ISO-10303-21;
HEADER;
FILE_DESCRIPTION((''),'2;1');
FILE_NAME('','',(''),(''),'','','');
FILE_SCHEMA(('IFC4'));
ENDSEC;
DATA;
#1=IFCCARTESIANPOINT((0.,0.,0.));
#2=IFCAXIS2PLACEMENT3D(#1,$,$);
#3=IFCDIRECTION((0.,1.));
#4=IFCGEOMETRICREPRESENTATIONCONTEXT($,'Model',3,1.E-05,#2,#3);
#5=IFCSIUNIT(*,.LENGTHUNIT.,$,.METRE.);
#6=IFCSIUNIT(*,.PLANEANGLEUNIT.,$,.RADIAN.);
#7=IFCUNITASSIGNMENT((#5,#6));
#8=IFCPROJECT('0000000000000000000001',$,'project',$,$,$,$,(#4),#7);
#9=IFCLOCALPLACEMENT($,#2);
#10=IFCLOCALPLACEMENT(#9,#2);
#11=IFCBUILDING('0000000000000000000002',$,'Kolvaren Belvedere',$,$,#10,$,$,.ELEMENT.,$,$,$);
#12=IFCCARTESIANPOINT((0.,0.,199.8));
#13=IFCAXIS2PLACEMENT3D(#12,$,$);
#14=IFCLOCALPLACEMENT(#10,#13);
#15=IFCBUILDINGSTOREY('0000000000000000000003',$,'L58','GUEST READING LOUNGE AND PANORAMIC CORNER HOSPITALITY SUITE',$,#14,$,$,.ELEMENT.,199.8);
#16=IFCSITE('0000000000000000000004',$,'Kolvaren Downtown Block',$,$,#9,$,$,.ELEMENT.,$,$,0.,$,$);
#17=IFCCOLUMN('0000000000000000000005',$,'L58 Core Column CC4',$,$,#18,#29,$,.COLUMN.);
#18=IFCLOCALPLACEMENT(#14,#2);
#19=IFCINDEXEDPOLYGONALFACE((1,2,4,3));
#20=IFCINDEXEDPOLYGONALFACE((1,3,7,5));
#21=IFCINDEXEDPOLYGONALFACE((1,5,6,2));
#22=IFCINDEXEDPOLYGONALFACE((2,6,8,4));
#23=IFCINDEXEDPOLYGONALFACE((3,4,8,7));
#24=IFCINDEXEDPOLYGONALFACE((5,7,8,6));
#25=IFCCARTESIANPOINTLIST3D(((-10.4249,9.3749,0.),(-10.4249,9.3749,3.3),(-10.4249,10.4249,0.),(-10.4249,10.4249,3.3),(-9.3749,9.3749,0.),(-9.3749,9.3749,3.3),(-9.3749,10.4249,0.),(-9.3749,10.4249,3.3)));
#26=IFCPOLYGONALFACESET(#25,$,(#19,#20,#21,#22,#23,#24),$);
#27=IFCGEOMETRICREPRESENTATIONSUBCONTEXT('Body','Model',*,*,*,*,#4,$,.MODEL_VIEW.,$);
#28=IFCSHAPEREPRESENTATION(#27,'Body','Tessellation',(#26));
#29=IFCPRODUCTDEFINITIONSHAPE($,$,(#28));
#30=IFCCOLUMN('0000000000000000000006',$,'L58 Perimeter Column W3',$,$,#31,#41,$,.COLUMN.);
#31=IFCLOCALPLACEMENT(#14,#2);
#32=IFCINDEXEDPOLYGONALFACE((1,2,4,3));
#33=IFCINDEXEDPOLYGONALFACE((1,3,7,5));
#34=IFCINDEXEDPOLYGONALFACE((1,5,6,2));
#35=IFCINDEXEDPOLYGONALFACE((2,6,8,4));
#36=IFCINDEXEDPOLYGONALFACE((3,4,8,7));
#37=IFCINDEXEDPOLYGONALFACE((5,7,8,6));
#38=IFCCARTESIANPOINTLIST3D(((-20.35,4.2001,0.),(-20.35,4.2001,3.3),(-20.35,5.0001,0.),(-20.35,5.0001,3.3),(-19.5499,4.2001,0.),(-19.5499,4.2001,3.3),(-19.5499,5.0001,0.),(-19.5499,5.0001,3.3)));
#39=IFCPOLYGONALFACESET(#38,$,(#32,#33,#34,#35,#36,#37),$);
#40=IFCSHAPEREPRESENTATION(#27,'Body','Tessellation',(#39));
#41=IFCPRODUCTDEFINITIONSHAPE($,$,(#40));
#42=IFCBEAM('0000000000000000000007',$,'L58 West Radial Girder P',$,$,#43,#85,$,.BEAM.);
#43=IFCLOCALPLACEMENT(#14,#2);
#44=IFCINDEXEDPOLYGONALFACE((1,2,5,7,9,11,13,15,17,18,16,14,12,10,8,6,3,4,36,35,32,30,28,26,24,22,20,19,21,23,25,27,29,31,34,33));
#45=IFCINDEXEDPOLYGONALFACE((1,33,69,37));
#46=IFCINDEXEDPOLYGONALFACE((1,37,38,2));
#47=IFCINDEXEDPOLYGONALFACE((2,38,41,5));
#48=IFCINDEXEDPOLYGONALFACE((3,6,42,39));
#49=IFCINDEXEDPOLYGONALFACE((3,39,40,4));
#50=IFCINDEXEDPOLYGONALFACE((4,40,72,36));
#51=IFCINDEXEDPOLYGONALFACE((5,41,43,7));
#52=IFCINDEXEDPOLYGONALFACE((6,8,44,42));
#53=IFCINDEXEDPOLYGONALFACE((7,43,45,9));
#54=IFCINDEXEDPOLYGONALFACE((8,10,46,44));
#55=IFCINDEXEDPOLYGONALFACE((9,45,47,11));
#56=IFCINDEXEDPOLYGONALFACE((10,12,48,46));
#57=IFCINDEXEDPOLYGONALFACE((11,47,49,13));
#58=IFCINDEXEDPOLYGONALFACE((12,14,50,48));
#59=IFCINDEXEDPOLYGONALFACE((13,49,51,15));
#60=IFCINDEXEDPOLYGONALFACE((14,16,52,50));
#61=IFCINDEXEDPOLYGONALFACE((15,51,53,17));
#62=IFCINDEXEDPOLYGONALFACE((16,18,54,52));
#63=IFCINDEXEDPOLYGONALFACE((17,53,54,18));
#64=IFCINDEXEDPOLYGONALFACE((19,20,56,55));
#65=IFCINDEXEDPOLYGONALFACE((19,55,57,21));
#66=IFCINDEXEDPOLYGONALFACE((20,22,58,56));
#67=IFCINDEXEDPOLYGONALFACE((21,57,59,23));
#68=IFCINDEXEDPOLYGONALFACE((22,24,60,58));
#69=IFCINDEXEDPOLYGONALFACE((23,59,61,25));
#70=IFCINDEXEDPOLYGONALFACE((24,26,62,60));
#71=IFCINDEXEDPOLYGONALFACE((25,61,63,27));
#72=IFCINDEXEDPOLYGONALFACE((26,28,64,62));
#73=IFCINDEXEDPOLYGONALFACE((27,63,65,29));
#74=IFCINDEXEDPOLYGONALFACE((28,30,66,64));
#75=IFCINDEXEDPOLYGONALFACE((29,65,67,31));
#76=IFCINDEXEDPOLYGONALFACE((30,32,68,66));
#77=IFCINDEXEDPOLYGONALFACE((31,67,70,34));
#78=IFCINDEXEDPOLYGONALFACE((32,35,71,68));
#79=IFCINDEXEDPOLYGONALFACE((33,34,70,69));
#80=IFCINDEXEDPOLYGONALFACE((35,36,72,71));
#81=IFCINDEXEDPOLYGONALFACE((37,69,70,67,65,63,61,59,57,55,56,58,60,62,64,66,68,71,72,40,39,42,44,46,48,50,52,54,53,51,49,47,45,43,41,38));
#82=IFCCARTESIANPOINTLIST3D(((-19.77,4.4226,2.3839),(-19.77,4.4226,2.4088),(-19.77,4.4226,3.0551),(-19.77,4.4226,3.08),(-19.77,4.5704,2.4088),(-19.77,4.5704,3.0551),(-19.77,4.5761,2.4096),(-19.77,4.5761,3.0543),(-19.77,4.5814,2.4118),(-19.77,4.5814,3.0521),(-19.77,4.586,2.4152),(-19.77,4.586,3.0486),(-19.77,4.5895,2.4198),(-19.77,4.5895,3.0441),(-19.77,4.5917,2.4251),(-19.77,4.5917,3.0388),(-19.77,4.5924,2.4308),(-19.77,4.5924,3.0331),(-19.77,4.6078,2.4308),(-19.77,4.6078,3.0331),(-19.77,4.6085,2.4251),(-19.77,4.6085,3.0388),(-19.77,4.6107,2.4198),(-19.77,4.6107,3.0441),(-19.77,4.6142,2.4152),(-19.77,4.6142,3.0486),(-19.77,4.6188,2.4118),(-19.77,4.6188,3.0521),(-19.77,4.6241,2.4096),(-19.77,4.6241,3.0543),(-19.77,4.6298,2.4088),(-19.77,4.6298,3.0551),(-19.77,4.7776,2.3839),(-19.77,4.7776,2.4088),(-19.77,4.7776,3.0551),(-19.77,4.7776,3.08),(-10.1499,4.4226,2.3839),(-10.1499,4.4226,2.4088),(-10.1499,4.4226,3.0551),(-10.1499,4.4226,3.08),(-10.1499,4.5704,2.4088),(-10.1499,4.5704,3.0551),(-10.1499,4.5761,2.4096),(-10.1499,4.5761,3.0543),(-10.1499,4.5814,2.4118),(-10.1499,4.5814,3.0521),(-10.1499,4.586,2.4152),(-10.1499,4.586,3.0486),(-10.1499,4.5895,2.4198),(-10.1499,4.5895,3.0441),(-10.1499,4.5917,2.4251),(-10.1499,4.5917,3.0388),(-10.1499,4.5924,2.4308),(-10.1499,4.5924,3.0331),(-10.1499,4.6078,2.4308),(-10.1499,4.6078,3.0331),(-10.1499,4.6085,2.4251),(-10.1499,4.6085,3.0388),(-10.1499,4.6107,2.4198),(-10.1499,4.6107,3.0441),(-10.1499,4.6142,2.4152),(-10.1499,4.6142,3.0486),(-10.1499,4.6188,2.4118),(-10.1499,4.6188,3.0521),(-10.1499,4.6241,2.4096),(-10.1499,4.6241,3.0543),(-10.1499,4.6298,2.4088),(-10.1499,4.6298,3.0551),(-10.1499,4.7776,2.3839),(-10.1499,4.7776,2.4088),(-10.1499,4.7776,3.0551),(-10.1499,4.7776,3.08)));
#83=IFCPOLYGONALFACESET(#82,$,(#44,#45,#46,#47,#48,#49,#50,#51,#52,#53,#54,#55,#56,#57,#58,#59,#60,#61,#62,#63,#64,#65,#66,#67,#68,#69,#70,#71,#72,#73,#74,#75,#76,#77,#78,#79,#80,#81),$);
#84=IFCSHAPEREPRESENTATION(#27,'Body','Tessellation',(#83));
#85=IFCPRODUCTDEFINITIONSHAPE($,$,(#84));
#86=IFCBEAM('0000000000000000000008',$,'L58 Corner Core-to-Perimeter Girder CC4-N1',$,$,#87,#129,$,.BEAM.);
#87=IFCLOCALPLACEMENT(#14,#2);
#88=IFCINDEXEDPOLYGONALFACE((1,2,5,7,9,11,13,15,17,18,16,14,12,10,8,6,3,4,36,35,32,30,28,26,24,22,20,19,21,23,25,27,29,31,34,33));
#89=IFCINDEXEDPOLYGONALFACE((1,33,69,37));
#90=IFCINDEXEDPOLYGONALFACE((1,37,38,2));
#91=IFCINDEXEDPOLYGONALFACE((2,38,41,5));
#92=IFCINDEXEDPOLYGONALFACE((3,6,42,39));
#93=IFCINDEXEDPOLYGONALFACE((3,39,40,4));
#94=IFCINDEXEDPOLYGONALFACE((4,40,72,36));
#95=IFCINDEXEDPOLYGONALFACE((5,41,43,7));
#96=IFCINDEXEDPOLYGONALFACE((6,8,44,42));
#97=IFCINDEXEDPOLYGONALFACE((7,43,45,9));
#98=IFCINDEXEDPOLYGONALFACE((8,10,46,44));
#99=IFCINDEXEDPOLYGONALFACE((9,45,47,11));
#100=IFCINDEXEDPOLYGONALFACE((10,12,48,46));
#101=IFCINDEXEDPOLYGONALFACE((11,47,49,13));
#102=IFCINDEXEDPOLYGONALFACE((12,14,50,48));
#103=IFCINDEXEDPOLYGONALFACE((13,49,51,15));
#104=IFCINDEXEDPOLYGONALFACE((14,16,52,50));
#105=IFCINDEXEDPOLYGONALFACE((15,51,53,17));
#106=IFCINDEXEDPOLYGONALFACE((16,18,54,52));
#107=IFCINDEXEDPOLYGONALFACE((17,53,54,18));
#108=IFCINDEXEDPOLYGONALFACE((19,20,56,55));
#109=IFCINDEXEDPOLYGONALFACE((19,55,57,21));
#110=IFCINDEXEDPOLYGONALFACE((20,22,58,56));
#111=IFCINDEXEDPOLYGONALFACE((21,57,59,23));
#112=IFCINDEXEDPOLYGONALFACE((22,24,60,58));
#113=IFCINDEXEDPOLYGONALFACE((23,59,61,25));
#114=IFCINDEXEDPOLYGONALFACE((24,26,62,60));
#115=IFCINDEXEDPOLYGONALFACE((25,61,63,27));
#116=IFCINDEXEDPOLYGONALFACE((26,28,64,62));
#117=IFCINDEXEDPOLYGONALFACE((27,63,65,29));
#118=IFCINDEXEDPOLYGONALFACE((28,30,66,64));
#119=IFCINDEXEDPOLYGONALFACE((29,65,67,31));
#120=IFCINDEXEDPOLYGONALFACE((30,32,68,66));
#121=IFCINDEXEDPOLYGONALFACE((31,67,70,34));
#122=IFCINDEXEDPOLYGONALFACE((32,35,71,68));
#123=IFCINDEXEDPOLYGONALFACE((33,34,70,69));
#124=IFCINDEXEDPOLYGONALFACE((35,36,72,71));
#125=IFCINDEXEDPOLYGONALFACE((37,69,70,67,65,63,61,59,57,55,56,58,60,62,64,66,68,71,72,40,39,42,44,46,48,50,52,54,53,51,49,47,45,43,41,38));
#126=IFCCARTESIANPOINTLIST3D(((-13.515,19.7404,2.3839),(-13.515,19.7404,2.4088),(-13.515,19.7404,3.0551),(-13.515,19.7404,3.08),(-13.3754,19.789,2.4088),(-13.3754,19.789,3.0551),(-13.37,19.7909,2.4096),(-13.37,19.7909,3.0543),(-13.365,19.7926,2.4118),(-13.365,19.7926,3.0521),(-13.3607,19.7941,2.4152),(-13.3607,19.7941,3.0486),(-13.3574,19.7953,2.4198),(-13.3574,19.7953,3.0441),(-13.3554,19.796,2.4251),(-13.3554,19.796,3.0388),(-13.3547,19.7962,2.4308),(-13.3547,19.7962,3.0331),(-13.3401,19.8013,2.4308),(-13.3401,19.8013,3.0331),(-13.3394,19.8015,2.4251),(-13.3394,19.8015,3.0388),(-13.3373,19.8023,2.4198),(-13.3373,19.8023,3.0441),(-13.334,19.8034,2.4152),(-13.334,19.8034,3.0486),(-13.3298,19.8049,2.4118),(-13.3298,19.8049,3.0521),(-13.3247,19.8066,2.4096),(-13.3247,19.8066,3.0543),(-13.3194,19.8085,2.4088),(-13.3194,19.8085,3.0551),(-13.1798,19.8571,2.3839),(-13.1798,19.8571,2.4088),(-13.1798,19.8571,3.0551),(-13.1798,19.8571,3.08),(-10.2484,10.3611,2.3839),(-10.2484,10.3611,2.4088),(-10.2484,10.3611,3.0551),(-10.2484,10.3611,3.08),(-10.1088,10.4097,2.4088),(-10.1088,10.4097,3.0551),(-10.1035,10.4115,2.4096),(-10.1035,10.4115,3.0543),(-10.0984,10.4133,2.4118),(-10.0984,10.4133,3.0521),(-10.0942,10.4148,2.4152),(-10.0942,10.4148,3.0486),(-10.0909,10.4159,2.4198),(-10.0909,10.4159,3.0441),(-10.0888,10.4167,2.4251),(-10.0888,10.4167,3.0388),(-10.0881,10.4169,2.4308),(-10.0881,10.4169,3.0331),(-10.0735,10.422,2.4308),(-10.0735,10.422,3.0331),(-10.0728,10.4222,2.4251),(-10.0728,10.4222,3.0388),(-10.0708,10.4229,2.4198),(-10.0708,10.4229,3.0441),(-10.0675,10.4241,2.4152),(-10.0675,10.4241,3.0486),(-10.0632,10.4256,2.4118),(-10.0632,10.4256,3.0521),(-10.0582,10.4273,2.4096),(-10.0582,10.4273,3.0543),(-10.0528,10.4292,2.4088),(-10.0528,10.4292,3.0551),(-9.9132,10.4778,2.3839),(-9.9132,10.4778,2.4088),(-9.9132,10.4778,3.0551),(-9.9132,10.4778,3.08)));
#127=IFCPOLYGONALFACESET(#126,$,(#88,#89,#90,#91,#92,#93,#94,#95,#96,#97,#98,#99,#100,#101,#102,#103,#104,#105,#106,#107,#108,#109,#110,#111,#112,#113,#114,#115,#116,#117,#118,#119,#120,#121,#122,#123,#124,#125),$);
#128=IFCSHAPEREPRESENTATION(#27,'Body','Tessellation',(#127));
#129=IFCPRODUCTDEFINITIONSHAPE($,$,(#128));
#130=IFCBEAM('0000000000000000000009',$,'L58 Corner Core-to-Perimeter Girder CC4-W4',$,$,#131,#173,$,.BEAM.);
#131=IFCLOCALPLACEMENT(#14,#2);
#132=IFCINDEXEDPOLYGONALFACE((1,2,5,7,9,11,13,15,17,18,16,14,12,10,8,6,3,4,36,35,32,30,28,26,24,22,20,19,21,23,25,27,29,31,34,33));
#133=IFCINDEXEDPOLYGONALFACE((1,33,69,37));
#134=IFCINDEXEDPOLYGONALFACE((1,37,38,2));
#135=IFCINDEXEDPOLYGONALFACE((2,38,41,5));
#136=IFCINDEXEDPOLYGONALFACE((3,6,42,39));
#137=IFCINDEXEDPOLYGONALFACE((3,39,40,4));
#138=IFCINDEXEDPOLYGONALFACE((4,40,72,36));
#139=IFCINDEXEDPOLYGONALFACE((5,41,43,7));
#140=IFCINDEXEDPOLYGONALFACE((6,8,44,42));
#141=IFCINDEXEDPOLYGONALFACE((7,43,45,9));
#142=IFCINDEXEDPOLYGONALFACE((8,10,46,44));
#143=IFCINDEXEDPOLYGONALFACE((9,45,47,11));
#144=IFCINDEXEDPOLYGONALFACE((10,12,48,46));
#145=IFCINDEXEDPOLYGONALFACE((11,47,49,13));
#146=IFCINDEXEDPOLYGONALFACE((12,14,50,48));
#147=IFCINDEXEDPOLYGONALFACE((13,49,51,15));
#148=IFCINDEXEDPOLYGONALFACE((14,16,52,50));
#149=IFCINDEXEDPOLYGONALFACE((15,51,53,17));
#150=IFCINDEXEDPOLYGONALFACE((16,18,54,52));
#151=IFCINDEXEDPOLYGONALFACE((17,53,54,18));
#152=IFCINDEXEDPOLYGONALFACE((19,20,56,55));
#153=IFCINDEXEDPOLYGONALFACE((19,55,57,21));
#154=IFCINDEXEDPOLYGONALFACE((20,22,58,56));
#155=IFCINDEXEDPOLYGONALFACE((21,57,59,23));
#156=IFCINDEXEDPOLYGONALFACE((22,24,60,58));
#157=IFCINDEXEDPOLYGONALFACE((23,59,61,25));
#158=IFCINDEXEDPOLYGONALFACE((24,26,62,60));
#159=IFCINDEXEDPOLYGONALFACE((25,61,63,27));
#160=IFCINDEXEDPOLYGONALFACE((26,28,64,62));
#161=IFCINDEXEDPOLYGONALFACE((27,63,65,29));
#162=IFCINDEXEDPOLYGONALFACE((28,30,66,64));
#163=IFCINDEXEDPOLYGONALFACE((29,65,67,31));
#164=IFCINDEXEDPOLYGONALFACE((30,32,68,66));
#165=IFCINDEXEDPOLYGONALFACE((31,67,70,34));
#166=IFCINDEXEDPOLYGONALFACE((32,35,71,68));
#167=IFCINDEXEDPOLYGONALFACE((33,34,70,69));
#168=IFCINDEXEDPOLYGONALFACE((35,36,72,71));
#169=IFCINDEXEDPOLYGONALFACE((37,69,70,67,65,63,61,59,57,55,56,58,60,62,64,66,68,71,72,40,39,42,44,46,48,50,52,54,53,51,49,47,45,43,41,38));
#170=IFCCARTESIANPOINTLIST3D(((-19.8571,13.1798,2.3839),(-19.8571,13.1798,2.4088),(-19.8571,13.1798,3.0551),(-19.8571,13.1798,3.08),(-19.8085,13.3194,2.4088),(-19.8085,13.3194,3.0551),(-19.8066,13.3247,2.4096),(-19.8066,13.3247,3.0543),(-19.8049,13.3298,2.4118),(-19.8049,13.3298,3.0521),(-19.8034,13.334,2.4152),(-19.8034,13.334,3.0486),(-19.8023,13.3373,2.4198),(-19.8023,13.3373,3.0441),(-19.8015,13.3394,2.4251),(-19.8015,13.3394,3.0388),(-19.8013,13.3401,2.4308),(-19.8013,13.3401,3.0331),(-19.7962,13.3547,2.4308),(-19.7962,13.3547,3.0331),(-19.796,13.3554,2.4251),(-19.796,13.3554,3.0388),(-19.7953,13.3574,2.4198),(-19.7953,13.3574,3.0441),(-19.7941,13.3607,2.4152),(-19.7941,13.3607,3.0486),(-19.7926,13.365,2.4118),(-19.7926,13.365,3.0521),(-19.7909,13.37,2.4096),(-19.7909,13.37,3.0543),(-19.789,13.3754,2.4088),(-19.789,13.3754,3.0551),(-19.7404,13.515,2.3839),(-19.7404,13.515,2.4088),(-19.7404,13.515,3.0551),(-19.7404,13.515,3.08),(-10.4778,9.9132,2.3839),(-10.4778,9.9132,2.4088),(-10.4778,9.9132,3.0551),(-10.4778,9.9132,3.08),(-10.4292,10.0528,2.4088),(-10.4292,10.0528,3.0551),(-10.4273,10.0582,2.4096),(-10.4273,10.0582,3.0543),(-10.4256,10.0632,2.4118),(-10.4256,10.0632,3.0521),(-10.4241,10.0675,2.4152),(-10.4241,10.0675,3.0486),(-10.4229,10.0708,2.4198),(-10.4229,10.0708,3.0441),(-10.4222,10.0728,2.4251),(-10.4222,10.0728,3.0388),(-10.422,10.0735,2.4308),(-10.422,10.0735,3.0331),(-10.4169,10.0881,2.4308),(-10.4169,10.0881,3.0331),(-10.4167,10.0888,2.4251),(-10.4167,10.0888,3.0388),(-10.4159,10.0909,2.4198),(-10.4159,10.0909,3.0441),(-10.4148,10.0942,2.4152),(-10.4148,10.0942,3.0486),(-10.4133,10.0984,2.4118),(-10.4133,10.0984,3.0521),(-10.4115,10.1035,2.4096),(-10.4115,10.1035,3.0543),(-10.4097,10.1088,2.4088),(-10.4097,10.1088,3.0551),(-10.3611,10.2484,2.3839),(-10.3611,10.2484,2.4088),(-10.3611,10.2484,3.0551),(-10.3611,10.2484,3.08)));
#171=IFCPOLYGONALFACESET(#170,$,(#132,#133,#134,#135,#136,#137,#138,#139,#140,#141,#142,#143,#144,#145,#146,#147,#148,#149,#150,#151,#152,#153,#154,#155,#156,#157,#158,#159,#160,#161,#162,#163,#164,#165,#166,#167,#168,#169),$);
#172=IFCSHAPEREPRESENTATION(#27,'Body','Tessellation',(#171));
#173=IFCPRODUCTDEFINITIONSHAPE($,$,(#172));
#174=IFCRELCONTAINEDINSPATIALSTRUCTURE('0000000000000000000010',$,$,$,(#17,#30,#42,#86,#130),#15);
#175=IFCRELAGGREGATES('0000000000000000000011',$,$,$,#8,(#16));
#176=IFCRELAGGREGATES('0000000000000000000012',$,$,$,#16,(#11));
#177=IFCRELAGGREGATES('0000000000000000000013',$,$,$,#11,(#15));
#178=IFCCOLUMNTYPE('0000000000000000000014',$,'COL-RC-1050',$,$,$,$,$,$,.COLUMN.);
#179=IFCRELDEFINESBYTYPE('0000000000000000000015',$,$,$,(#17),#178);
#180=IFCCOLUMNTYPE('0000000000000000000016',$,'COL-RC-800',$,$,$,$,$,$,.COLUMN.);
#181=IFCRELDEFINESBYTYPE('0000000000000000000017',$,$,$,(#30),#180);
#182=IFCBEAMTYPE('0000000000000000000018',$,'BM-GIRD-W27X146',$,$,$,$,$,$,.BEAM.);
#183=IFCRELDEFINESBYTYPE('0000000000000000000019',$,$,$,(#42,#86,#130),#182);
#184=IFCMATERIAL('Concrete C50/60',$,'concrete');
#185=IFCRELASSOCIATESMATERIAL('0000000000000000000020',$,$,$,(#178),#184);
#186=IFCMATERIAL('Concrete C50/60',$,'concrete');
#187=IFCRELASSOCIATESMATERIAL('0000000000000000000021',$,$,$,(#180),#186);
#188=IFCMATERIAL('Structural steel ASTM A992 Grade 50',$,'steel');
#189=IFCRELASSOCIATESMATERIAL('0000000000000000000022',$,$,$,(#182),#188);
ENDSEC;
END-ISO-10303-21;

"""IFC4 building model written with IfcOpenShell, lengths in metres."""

from ifc_helpers import new_model, si_unit, direction, frame, origin, origin_2d, place, context, subcontext, project, spatial, rectangle, i_section, extrude, material, material_profile, profile_set, type_object, element, save


model = new_model("IFC4")

# Units and contexts
model_context = context("Model", 3, precision=1e-05, world=origin(), true_north=direction((0.0, 1.0)))
body_context = subcontext(model_context, "Body", "Model", "MODEL_VIEW")
ifc_project = project(units=[si_unit("LENGTHUNIT", "METRE"), si_unit("PLANEANGLEUNIT", "RADIAN")], contexts=[model_context])

# Site, building, storey
site_placement = place(None, origin())
site = spatial("IfcSite", under=ifc_project, at=site_placement, Name="Kolvaren Downtown Block", CompositionType="ELEMENT", RefElevation=0.0)
building_placement = place(site_placement, origin())
building = spatial("IfcBuilding", under=site, at=building_placement, Name="Kolvaren Belvedere", CompositionType="ELEMENT")
storey_placement = place(building_placement, frame((0.0, 0.0, 199.8)))
storey = spatial("IfcBuildingStorey", under=building, at=storey_placement, Name="L58", Description="GUEST READING LOUNGE AND PANORAMIC CORNER HOSPITALITY SUITE", CompositionType="ELEMENT", Elevation=199.8)

# Columns
ifc_material_1 = material(Name="Concrete C50/60", Category="concrete")
ifc_material_profile_1 = material_profile(ifc_material_1, rectangle(XDim=1.05, YDim=1.05, at=origin_2d()), Name="RC 1050X1050")
ifc_profile_set_1 = profile_set([ifc_material_profile_1], Name="Concrete C50/60")
column_type_1 = type_object("IfcColumnType", Name="COL-RC-1050", PredefinedType="COLUMN", material=ifc_profile_set_1)
column_1_placement = place(storey_placement, frame((-9.8999, 9.8999, 0.0), z_axis=(0.0, 0.0, 1.0), x_axis=(1.0, 0.0, 0.0)))
element("IfcColumn", 1, at=column_1_placement, inside=storey, type_object=column_type_1, Name="L58 Core Column CC4", PredefinedType="COLUMN", context=body_context, shape_type="SweptSolid", body=[
    extrude(rectangle(XDim=1.05, YDim=1.05, at=origin_2d()), origin(), (0.0, 0.0, 1.0), 3.3),
])
ifc_material_2 = material(Name="Concrete C50/60", Category="concrete")
ifc_material_profile_2 = material_profile(ifc_material_2, rectangle(XDim=0.8, YDim=0.8, at=origin_2d()), Name="RC 800X800")
ifc_profile_set_2 = profile_set([ifc_material_profile_2], Name="Concrete C50/60")
column_type_2 = type_object("IfcColumnType", Name="COL-RC-800", PredefinedType="COLUMN", material=ifc_profile_set_2)
column_2_placement = place(storey_placement, frame((-19.95, 4.6001, 0.0), z_axis=(0.0, 0.0, 1.0), x_axis=(1.0, 0.0, 0.0)))
element("IfcColumn", 2, at=column_2_placement, inside=storey, type_object=column_type_2, Name="L58 Perimeter Column W3", PredefinedType="COLUMN", context=body_context, shape_type="SweptSolid", body=[
    extrude(rectangle(XDim=0.8, YDim=0.8, at=origin_2d()), origin(), (0.0, 0.0, 1.0), 3.3),
])

# Beams
ifc_material_3 = material(Name="Structural steel ASTM A992 Grade 50", Category="steel")
ifc_material_profile_3 = material_profile(ifc_material_3, i_section(OverallWidth=0.355, OverallDepth=0.696, WebThickness=0.0154, FlangeThickness=0.0249, FilletRadius=0.022, at=origin_2d()), Name="W27X146")
ifc_profile_set_3 = profile_set([ifc_material_profile_3], Name="Structural steel ASTM A992 Grade 50")
beam_type_1 = type_object("IfcBeamType", Name="BM-GIRD-W27X146", PredefinedType="BEAM", material=ifc_profile_set_3)
beam_1_placement = place(storey_placement, frame((-10.1499, 4.6001, 2.7319), z_axis=(-1.0, 0.0, 0.0), x_axis=(0.0, -1.0, 0.0)))
element("IfcBeam", 3, at=beam_1_placement, inside=storey, type_object=beam_type_1, Name="L58 West Radial Girder P", PredefinedType="BEAM", context=body_context, shape_type="SweptSolid", body=[
    extrude(i_section(OverallWidth=0.355, OverallDepth=0.696, WebThickness=0.0154, FlangeThickness=0.0249, FilletRadius=0.022, at=origin_2d()), origin(), (0.0, 0.0, 1.0), 9.6201),
])
for number, where, z_axis, x_axis, name in (
    (4, (-10.0808, 10.4194, 2.7319), (-0.328898, 0.944365, 0.0), (-0.944365, -0.328898, 0.0), "L58 Corner Core-to-Perimeter Girder CC4-N1"),
    (5, (-10.4194, 10.0808, 2.7319), (-0.944365, 0.328898, 0.0), (-0.328898, -0.944365, 0.0), "L58 Corner Core-to-Perimeter Girder CC4-W4"),
):
    element("IfcBeam", number, at=place(storey_placement, frame(where, z_axis=z_axis, x_axis=x_axis)), inside=storey, type_object=beam_type_1, Name=name, PredefinedType="BEAM", context=body_context, shape_type="SweptSolid", body=[
        extrude(i_section(OverallWidth=0.355, OverallDepth=0.696, WebThickness=0.0154, FlangeThickness=0.0249, FilletRadius=0.022, at=origin_2d()), origin(), (0.0, 0.0, 1.0), 9.9319),
    ])

save(model, "model.ifc")
